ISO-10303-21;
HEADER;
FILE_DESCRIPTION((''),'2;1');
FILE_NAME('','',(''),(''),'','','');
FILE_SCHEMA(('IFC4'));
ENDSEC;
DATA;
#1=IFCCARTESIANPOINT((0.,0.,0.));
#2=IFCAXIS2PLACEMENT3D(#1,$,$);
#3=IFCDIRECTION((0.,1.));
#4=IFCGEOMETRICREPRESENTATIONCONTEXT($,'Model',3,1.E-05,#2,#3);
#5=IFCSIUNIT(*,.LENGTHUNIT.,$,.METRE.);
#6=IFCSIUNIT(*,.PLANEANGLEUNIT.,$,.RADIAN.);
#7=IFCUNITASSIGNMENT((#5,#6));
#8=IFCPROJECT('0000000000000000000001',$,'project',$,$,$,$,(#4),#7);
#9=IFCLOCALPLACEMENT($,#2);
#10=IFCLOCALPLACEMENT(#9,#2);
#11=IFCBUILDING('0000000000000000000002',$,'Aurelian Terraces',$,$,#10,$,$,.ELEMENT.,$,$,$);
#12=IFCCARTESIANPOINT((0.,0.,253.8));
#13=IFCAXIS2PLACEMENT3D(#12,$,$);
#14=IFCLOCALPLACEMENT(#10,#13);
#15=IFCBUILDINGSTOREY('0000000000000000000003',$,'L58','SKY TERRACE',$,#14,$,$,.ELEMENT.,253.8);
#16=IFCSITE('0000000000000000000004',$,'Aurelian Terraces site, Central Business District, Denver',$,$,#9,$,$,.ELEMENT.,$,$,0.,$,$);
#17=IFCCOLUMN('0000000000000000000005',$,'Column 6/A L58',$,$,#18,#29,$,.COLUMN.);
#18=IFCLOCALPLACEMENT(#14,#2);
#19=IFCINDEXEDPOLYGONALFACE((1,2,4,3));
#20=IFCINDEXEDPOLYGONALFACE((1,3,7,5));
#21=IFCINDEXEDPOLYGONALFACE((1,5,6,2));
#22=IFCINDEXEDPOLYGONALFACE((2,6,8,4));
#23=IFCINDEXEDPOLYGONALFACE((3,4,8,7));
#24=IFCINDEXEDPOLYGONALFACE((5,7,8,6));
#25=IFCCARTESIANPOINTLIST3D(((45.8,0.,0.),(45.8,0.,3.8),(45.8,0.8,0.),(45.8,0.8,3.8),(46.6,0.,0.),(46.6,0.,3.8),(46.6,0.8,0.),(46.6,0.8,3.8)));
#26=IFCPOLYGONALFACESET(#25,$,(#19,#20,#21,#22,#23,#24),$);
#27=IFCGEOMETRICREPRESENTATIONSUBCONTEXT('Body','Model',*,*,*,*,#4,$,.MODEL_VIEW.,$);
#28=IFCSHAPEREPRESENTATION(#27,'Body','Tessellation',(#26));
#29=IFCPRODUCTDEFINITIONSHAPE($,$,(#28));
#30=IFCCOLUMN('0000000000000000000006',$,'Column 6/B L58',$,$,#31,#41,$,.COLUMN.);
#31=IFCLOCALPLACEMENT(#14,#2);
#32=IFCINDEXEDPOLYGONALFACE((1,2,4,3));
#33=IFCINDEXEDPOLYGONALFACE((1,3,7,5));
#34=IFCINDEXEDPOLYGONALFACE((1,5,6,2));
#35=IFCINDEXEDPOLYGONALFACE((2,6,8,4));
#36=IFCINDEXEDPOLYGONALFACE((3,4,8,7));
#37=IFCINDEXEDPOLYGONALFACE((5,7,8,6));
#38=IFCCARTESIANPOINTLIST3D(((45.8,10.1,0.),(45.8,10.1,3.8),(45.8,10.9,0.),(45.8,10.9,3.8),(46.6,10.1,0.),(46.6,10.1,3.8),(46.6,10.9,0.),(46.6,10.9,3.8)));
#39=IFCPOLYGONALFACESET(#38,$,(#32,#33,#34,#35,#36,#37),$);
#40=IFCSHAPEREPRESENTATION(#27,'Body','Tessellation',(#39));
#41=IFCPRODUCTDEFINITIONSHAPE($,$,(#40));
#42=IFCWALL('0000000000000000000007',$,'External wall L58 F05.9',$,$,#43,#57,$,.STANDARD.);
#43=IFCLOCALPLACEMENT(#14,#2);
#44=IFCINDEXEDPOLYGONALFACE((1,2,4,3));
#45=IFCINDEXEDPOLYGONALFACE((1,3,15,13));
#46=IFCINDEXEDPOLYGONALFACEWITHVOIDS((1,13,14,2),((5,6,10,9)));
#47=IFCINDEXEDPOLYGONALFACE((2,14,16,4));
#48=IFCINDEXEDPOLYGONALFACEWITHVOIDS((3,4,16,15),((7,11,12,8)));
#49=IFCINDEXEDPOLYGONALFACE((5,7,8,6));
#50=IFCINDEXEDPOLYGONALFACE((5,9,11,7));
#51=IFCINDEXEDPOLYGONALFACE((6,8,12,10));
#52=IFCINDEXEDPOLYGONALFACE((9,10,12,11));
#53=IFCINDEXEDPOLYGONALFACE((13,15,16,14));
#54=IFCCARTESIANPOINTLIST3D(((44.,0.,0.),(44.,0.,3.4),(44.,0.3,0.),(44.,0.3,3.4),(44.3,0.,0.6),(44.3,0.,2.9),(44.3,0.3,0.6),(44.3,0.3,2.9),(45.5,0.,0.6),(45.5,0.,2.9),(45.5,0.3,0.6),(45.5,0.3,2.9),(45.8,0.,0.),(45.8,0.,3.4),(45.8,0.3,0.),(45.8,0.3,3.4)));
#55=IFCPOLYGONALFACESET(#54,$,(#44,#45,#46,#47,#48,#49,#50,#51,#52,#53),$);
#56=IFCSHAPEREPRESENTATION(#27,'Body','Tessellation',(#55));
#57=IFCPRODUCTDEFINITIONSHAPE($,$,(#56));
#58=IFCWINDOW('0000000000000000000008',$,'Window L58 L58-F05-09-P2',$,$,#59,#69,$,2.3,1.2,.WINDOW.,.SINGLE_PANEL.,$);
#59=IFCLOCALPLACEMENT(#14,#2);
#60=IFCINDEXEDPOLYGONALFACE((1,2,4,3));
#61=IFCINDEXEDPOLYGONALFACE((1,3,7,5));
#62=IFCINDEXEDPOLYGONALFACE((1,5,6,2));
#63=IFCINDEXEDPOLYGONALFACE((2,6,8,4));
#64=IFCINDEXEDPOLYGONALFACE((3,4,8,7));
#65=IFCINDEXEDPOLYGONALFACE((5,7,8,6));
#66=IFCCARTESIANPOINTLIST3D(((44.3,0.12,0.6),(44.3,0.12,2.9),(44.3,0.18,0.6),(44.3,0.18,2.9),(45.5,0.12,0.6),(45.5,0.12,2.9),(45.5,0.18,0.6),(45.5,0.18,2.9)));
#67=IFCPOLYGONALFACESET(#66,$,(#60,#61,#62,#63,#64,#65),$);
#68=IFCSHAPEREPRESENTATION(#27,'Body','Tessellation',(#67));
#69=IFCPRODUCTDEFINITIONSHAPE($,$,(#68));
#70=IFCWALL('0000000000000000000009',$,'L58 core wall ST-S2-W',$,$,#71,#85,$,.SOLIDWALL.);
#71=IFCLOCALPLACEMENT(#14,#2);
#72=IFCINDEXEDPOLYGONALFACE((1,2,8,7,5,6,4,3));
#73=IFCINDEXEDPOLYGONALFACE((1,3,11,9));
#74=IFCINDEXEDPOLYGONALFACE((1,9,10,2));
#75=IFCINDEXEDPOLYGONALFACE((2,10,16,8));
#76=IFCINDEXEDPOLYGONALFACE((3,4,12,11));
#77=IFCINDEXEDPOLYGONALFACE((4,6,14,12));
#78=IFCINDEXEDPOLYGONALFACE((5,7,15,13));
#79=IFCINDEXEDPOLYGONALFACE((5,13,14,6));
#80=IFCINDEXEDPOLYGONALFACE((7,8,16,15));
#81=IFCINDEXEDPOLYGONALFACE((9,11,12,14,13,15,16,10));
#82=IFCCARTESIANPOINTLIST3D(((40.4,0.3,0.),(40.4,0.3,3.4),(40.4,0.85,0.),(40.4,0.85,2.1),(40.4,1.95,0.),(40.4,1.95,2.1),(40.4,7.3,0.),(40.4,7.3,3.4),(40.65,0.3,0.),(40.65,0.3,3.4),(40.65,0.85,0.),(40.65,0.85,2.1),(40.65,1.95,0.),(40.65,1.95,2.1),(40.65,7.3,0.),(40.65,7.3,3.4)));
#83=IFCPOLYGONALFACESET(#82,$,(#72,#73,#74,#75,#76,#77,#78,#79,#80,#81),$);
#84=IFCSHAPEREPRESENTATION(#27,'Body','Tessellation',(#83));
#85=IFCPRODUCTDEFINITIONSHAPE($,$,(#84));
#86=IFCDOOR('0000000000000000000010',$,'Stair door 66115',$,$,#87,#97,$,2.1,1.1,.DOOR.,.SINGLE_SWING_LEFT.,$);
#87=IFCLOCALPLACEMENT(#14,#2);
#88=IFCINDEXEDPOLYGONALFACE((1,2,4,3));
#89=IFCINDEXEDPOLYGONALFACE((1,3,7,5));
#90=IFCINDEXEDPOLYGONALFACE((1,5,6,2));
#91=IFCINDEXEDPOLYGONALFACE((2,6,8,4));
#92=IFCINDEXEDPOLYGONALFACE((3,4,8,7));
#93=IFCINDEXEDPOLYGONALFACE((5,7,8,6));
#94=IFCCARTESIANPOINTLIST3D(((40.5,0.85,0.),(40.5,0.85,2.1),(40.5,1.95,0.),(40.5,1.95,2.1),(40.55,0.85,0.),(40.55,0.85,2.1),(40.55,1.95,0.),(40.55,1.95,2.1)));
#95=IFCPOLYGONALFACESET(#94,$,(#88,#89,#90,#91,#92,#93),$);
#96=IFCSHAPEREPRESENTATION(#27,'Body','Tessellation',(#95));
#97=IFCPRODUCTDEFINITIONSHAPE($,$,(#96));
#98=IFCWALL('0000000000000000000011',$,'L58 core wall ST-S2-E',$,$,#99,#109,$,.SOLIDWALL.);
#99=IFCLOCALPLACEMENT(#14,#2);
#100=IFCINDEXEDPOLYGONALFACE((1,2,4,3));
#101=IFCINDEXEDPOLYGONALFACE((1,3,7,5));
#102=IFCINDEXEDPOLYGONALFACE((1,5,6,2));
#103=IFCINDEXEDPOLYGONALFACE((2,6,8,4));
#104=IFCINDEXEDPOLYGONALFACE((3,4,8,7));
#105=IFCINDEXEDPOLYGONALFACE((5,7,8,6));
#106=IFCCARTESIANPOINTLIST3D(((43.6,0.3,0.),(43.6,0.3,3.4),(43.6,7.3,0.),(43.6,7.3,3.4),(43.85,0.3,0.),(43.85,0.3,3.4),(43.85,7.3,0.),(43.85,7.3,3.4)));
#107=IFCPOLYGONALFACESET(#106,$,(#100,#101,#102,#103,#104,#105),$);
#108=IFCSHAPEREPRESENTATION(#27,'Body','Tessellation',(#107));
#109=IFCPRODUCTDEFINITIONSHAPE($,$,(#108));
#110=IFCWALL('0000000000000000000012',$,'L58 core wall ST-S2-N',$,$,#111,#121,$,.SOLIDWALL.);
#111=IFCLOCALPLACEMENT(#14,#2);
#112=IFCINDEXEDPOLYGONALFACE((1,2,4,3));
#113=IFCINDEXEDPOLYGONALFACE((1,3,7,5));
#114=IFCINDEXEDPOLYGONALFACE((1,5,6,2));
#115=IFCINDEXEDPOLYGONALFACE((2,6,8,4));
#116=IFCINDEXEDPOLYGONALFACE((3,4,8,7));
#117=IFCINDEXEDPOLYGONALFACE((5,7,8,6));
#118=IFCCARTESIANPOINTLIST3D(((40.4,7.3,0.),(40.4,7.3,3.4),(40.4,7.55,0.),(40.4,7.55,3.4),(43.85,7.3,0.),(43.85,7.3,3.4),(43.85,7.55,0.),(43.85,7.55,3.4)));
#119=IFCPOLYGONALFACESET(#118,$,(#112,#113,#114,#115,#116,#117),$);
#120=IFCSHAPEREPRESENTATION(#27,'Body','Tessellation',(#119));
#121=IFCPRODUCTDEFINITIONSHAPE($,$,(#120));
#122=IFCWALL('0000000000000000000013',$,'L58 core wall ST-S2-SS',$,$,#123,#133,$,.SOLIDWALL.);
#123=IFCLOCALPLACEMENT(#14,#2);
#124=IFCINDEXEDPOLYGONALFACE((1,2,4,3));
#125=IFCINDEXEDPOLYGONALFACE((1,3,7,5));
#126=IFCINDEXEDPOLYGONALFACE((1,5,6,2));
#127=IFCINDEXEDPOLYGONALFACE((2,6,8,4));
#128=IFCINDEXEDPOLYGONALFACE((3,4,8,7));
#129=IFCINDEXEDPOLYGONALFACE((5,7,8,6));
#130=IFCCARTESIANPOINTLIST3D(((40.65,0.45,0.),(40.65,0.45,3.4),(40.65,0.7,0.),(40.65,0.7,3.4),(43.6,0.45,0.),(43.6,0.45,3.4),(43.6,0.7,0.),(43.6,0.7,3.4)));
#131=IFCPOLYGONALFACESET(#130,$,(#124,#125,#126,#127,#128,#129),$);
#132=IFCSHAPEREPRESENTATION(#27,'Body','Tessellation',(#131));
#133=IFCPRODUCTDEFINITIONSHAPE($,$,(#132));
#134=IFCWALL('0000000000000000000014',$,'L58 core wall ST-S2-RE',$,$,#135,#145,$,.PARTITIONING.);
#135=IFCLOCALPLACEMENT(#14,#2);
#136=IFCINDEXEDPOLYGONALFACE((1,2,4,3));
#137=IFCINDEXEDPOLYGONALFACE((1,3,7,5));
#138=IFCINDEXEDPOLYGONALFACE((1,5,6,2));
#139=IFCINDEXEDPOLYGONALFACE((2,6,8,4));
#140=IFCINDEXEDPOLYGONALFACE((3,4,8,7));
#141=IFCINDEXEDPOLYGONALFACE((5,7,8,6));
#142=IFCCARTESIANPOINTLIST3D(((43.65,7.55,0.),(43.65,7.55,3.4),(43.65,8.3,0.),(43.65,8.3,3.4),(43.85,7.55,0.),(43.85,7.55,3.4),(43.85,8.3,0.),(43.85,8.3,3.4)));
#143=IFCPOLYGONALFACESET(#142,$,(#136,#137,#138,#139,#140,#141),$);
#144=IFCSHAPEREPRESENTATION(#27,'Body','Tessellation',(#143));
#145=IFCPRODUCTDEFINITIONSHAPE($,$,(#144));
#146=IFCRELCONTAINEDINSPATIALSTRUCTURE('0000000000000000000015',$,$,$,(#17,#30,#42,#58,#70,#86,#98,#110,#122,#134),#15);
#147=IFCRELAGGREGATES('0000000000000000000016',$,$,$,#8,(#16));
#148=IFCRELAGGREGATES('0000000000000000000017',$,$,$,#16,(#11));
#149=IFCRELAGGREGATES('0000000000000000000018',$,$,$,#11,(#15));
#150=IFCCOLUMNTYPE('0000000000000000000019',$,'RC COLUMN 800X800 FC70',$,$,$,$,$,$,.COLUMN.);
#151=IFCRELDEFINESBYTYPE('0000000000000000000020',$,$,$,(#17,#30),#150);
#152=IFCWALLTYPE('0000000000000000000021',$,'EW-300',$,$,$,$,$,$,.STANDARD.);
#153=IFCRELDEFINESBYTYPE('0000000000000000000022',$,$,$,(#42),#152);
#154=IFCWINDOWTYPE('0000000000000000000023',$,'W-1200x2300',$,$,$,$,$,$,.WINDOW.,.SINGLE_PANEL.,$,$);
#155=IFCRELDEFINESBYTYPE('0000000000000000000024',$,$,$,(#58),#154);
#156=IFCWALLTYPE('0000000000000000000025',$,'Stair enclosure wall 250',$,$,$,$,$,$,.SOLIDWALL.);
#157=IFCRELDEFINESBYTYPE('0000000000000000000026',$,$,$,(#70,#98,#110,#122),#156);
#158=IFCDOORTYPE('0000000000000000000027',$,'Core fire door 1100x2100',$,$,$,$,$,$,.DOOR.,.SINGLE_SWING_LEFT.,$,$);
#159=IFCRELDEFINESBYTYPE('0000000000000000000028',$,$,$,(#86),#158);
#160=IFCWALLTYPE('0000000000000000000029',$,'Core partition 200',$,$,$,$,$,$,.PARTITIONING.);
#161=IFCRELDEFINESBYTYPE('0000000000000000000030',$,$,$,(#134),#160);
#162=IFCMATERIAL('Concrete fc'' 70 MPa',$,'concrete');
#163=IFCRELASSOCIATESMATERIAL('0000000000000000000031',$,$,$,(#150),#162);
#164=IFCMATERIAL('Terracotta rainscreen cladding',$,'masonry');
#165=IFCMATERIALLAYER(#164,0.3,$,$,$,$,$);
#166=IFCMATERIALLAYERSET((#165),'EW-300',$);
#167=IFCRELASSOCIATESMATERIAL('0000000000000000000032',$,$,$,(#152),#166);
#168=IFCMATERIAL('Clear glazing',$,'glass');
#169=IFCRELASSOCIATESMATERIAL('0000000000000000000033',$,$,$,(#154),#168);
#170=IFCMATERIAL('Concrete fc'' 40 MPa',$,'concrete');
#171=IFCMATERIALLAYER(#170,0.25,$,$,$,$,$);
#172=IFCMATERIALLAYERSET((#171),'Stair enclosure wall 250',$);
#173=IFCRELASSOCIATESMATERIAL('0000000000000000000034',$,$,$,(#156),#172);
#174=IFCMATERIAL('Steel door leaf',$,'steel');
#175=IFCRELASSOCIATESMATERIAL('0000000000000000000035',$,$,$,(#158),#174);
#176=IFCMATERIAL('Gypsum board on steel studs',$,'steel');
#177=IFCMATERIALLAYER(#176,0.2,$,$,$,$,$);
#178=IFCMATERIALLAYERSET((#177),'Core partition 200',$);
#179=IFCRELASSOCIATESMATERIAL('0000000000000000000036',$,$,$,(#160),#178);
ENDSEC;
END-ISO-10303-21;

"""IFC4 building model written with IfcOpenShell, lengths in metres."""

from ifc_helpers import new_model, si_unit, direction, frame, frame_2d, origin, origin_2d, place, context, subcontext, project, spatial, rectangle, extrude, source, transform, mapped, material, layer, layer_set, material_profile, profile_set, type_object, element, fill, save


model = new_model("IFC4")

# Units and contexts
model_context = context("Model", 3, precision=1e-05, world=origin(), true_north=direction((0.0, 1.0)))
body_context = subcontext(model_context, "Body", "Model", "MODEL_VIEW")
ifc_project = project(units=[si_unit("LENGTHUNIT", "METRE"), si_unit("PLANEANGLEUNIT", "RADIAN")], contexts=[model_context])

# Site, building, storey
site_placement = place(None, origin())
site = spatial("IfcSite", under=ifc_project, at=site_placement, Name="Aurelian Terraces site, Central Business District, Denver", CompositionType="ELEMENT", RefElevation=0.0)
building_placement = place(site_placement, origin())
building = spatial("IfcBuilding", under=site, at=building_placement, Name="Aurelian Terraces", CompositionType="ELEMENT")
storey_placement = place(building_placement, frame((0.0, 0.0, 253.8)))
storey = spatial("IfcBuildingStorey", under=building, at=storey_placement, Name="L58", Description="SKY TERRACE", CompositionType="ELEMENT", Elevation=253.8)

# Columns
ifc_material_1 = material(Name="Concrete fc' 70 MPa", Category="concrete")
ifc_material_profile = material_profile(ifc_material_1, rectangle(XDim=0.8, YDim=0.8, at=origin_2d()))
ifc_profile_set = profile_set([ifc_material_profile], Name="Concrete fc' 70 MPa")
column_type = type_object("IfcColumnType", Name="RC COLUMN 800X800 FC70", PredefinedType="COLUMN", material=ifc_profile_set)
shared_shape_1 = source(origin(), body_context, "Body", "SweptSolid", [
    extrude(rectangle(XDim=0.8, YDim=0.8, at=origin_2d()), origin(), (0.0, 0.0, 1.0), 3.8),
])
for number, where, z_axis, x_axis, name in (
    (1, (46.2, 0.4, 0.0), (0.0, 0.0, 1.0), (1.0, 0.0, 0.0), "Column 6/A L58"),
    (2, (46.2, 10.5, 0.0), (0.0, 0.0, 1.0), (1.0, 0.0, 0.0), "Column 6/B L58"),
):
    element("IfcColumn", number, at=place(storey_placement, frame(where, z_axis=z_axis, x_axis=x_axis)), inside=storey, type_object=column_type, Name=name, PredefinedType="COLUMN", context=body_context, shape_type="MappedRepresentation", body=[
        mapped(shared_shape_1, transform((0.0, 0.0, 0.0), scale=1.0)),
    ])

# Wall, opening, window
ifc_material_2 = material(Name="Terracotta rainscreen cladding", Category="masonry")
ifc_layer_1 = layer(ifc_material_2, 0.3)
ifc_layer_set_1 = layer_set([ifc_layer_1], Name="EW-300")
wall_type_1 = type_object("IfcWallType", Name="EW-300", PredefinedType="STANDARD", material=ifc_layer_set_1)
shared_shape_2 = source(origin(), body_context, "Body", "SweptSolid", [
    extrude(rectangle(XDim=1.8, YDim=0.3, at=frame_2d((0.9, 0.0))), origin(), (0.0, 0.0, 1.0), 3.4),
])
wall_1_placement = place(storey_placement, frame((44.0, 0.15, 0.0), z_axis=(0.0, 0.0, 1.0), x_axis=(1.0, 0.0, 0.0)))
wall_1 = element("IfcWall", 3, at=wall_1_placement, inside=storey, type_object=wall_type_1, Name="External wall L58 F05.9", PredefinedType="STANDARD", context=body_context, shape_type="MappedRepresentation", body=[
    mapped(shared_shape_2, transform((0.0, 0.0, 0.0), scale=1.0)),
])
shared_shape_3 = source(origin(), body_context, "Body", "SweptSolid", [
    extrude(rectangle(XDim=1.2, YDim=2.3, at=frame_2d((0.6, 1.15))), frame((0.0, 0.16, 0.0), z_axis=(0.0, -1.0, 0.0), x_axis=(1.0, 0.0, 0.0)), (0.0, 0.0, 1.0), 0.32),
])
opening_1_placement = place(wall_1_placement, frame((0.3, 0.0, 0.6)))
opening_1 = element("IfcOpeningElement", 4, at=opening_1_placement, cuts=wall_1, PredefinedType="OPENING", context=body_context, shape_type="MappedRepresentation", body=[
    mapped(shared_shape_3, transform((0.0, 0.0, 0.0), scale=1.0)),
])
ifc_material_3 = material(Name="Clear glazing", Category="glass")
window_type = type_object("IfcWindowType", Name="W-1200x2300", PartitioningType="SINGLE_PANEL", PredefinedType="WINDOW", material=ifc_material_3)
shared_shape_4 = source(origin(), body_context, "Body", "SweptSolid", [
    extrude(rectangle(XDim=1.2, YDim=2.3, at=frame_2d((0.6, 1.15))), frame((0.0, 0.03, 0.0), z_axis=(0.0, -1.0, 0.0), x_axis=(1.0, 0.0, 0.0)), (0.0, 0.0, 1.0), 0.06),
])
window_placement = place(opening_1_placement, origin())
window = element("IfcWindow", 5, at=window_placement, inside=storey, type_object=window_type, Name="Window L58 L58-F05-09-P2", OverallHeight=2.3, OverallWidth=1.2, PartitioningType="SINGLE_PANEL", PredefinedType="WINDOW", context=body_context, shape_type="MappedRepresentation", body=[
    mapped(shared_shape_4, transform((0.0, 0.0, 0.0), scale=1.0)),
])
fill(opening_1, window)

# Wall, opening, door
ifc_material_4 = material(Name="Concrete fc' 40 MPa", Category="concrete")
ifc_layer_2 = layer(ifc_material_4, 0.25)
ifc_layer_set_2 = layer_set([ifc_layer_2], Name="Stair enclosure wall 250")
wall_type_2 = type_object("IfcWallType", Name="Stair enclosure wall 250", PredefinedType="SOLIDWALL", material=ifc_layer_set_2)
shared_shape_5 = source(origin(), body_context, "Body", "SweptSolid", [
    extrude(rectangle(XDim=7.0, YDim=0.25, at=frame_2d((3.5, 0.0))), origin(), (0.0, 0.0, 1.0), 3.4),
])
wall_2_placement = place(storey_placement, frame((40.525, 0.3, 0.0), z_axis=(0.0, 0.0, 1.0), x_axis=(0.0, 1.0, 0.0)))
wall_2 = element("IfcWall", 6, at=wall_2_placement, inside=storey, type_object=wall_type_2, Name="L58 core wall ST-S2-W", PredefinedType="SOLIDWALL", context=body_context, shape_type="MappedRepresentation", body=[
    mapped(shared_shape_5, transform((0.0, 0.0, 0.0), scale=1.0)),
])
shared_shape_6 = source(origin(), body_context, "Body", "SweptSolid", [
    extrude(rectangle(XDim=1.1, YDim=2.1, at=frame_2d((0.55, 1.05))), frame((0.0, 0.135, 0.0), z_axis=(0.0, -1.0, 0.0), x_axis=(1.0, 0.0, 0.0)), (0.0, 0.0, 1.0), 0.27),
])
opening_2_placement = place(wall_2_placement, frame((0.55, 0.0, 0.0)))
opening_2 = element("IfcOpeningElement", 7, at=opening_2_placement, cuts=wall_2, PredefinedType="OPENING", context=body_context, shape_type="MappedRepresentation", body=[
    mapped(shared_shape_6, transform((0.0, 0.0, 0.0), scale=1.0)),
])
ifc_material_5 = material(Name="Steel door leaf", Category="steel")
door_type_1 = type_object("IfcDoorType", Name="Core fire door 1100x2100", OperationType="SINGLE_SWING_LEFT", PredefinedType="DOOR", material=ifc_material_5)
shared_shape_7 = source(origin(), body_context, "Body", "SweptSolid", [
    extrude(rectangle(XDim=1.1, YDim=2.1, at=frame_2d((0.55, 1.05))), frame((0.0, 0.025, 0.0), z_axis=(0.0, -1.0, 0.0), x_axis=(1.0, 0.0, 0.0)), (0.0, 0.0, 1.0), 0.05),
])
door_1_placement = place(opening_2_placement, origin())
door_1 = element("IfcDoor", 8, at=door_1_placement, inside=storey, type_object=door_type_1, Name="Stair door 66115", OperationType="SINGLE_SWING_LEFT", OverallHeight=2.1, OverallWidth=1.1, PredefinedType="DOOR", context=body_context, shape_type="MappedRepresentation", body=[
    mapped(shared_shape_7, transform((0.0, 0.0, 0.0), scale=1.0)),
])
fill(opening_2, door_1)

# Walls
wall_3_placement = place(storey_placement, frame((43.725, 0.3, 0.0), z_axis=(0.0, 0.0, 1.0), x_axis=(0.0, 1.0, 0.0)))
element("IfcWall", 9, at=wall_3_placement, inside=storey, type_object=wall_type_2, Name="L58 core wall ST-S2-E", PredefinedType="SOLIDWALL", context=body_context, shape_type="MappedRepresentation", body=[
    mapped(shared_shape_5, transform((0.0, 0.0, 0.0), scale=1.0)),
])
shared_shape_8 = source(origin(), body_context, "Body", "SweptSolid", [
    extrude(rectangle(XDim=3.45, YDim=0.25, at=frame_2d((1.725, 0.0))), origin(), (0.0, 0.0, 1.0), 3.4),
])
wall_4_placement = place(storey_placement, frame((40.4, 7.425, 0.0), z_axis=(0.0, 0.0, 1.0), x_axis=(1.0, 0.0, 0.0)))
element("IfcWall", 10, at=wall_4_placement, inside=storey, type_object=wall_type_2, Name="L58 core wall ST-S2-N", PredefinedType="SOLIDWALL", context=body_context, shape_type="MappedRepresentation", body=[
    mapped(shared_shape_8, transform((0.0, 0.0, 0.0), scale=1.0)),
])
shared_shape_9 = source(origin(), body_context, "Body", "SweptSolid", [
    extrude(rectangle(XDim=2.95, YDim=0.25, at=frame_2d((1.475, 0.0))), origin(), (0.0, 0.0, 1.0), 3.4),
])
wall_5_placement = place(storey_placement, frame((40.65, 0.575, 0.0), z_axis=(0.0, 0.0, 1.0), x_axis=(1.0, 0.0, 0.0)))
element("IfcWall", 11, at=wall_5_placement, inside=storey, type_object=wall_type_2, Name="L58 core wall ST-S2-SS", PredefinedType="SOLIDWALL", context=body_context, shape_type="MappedRepresentation", body=[
    mapped(shared_shape_9, transform((0.0, 0.0, 0.0), scale=1.0)),
])
ifc_material_6 = material(Name="Gypsum board on steel studs", Category="steel")
ifc_layer_3 = layer(ifc_material_6, 0.2)
ifc_layer_set_3 = layer_set([ifc_layer_3], Name="Core partition 200")
wall_type_3 = type_object("IfcWallType", Name="Core partition 200", PredefinedType="PARTITIONING", material=ifc_layer_set_3)
shared_shape_10 = source(origin(), body_context, "Body", "SweptSolid", [
    extrude(rectangle(XDim=0.75, YDim=0.2, at=frame_2d((0.375, 0.0))), origin(), (0.0, 0.0, 1.0), 3.4),
])
wall_6_placement = place(storey_placement, frame((43.75, 7.55, 0.0), z_axis=(0.0, 0.0, 1.0), x_axis=(0.0, 1.0, 0.0)))
element("IfcWall", 12, at=wall_6_placement, inside=storey, type_object=wall_type_3, Name="L58 core wall ST-S2-RE", PredefinedType="PARTITIONING", context=body_context, shape_type="MappedRepresentation", body=[
    mapped(shared_shape_10, transform((0.0, 0.0, 0.0), scale=1.0)),
])

save(model, "model.ifc")
